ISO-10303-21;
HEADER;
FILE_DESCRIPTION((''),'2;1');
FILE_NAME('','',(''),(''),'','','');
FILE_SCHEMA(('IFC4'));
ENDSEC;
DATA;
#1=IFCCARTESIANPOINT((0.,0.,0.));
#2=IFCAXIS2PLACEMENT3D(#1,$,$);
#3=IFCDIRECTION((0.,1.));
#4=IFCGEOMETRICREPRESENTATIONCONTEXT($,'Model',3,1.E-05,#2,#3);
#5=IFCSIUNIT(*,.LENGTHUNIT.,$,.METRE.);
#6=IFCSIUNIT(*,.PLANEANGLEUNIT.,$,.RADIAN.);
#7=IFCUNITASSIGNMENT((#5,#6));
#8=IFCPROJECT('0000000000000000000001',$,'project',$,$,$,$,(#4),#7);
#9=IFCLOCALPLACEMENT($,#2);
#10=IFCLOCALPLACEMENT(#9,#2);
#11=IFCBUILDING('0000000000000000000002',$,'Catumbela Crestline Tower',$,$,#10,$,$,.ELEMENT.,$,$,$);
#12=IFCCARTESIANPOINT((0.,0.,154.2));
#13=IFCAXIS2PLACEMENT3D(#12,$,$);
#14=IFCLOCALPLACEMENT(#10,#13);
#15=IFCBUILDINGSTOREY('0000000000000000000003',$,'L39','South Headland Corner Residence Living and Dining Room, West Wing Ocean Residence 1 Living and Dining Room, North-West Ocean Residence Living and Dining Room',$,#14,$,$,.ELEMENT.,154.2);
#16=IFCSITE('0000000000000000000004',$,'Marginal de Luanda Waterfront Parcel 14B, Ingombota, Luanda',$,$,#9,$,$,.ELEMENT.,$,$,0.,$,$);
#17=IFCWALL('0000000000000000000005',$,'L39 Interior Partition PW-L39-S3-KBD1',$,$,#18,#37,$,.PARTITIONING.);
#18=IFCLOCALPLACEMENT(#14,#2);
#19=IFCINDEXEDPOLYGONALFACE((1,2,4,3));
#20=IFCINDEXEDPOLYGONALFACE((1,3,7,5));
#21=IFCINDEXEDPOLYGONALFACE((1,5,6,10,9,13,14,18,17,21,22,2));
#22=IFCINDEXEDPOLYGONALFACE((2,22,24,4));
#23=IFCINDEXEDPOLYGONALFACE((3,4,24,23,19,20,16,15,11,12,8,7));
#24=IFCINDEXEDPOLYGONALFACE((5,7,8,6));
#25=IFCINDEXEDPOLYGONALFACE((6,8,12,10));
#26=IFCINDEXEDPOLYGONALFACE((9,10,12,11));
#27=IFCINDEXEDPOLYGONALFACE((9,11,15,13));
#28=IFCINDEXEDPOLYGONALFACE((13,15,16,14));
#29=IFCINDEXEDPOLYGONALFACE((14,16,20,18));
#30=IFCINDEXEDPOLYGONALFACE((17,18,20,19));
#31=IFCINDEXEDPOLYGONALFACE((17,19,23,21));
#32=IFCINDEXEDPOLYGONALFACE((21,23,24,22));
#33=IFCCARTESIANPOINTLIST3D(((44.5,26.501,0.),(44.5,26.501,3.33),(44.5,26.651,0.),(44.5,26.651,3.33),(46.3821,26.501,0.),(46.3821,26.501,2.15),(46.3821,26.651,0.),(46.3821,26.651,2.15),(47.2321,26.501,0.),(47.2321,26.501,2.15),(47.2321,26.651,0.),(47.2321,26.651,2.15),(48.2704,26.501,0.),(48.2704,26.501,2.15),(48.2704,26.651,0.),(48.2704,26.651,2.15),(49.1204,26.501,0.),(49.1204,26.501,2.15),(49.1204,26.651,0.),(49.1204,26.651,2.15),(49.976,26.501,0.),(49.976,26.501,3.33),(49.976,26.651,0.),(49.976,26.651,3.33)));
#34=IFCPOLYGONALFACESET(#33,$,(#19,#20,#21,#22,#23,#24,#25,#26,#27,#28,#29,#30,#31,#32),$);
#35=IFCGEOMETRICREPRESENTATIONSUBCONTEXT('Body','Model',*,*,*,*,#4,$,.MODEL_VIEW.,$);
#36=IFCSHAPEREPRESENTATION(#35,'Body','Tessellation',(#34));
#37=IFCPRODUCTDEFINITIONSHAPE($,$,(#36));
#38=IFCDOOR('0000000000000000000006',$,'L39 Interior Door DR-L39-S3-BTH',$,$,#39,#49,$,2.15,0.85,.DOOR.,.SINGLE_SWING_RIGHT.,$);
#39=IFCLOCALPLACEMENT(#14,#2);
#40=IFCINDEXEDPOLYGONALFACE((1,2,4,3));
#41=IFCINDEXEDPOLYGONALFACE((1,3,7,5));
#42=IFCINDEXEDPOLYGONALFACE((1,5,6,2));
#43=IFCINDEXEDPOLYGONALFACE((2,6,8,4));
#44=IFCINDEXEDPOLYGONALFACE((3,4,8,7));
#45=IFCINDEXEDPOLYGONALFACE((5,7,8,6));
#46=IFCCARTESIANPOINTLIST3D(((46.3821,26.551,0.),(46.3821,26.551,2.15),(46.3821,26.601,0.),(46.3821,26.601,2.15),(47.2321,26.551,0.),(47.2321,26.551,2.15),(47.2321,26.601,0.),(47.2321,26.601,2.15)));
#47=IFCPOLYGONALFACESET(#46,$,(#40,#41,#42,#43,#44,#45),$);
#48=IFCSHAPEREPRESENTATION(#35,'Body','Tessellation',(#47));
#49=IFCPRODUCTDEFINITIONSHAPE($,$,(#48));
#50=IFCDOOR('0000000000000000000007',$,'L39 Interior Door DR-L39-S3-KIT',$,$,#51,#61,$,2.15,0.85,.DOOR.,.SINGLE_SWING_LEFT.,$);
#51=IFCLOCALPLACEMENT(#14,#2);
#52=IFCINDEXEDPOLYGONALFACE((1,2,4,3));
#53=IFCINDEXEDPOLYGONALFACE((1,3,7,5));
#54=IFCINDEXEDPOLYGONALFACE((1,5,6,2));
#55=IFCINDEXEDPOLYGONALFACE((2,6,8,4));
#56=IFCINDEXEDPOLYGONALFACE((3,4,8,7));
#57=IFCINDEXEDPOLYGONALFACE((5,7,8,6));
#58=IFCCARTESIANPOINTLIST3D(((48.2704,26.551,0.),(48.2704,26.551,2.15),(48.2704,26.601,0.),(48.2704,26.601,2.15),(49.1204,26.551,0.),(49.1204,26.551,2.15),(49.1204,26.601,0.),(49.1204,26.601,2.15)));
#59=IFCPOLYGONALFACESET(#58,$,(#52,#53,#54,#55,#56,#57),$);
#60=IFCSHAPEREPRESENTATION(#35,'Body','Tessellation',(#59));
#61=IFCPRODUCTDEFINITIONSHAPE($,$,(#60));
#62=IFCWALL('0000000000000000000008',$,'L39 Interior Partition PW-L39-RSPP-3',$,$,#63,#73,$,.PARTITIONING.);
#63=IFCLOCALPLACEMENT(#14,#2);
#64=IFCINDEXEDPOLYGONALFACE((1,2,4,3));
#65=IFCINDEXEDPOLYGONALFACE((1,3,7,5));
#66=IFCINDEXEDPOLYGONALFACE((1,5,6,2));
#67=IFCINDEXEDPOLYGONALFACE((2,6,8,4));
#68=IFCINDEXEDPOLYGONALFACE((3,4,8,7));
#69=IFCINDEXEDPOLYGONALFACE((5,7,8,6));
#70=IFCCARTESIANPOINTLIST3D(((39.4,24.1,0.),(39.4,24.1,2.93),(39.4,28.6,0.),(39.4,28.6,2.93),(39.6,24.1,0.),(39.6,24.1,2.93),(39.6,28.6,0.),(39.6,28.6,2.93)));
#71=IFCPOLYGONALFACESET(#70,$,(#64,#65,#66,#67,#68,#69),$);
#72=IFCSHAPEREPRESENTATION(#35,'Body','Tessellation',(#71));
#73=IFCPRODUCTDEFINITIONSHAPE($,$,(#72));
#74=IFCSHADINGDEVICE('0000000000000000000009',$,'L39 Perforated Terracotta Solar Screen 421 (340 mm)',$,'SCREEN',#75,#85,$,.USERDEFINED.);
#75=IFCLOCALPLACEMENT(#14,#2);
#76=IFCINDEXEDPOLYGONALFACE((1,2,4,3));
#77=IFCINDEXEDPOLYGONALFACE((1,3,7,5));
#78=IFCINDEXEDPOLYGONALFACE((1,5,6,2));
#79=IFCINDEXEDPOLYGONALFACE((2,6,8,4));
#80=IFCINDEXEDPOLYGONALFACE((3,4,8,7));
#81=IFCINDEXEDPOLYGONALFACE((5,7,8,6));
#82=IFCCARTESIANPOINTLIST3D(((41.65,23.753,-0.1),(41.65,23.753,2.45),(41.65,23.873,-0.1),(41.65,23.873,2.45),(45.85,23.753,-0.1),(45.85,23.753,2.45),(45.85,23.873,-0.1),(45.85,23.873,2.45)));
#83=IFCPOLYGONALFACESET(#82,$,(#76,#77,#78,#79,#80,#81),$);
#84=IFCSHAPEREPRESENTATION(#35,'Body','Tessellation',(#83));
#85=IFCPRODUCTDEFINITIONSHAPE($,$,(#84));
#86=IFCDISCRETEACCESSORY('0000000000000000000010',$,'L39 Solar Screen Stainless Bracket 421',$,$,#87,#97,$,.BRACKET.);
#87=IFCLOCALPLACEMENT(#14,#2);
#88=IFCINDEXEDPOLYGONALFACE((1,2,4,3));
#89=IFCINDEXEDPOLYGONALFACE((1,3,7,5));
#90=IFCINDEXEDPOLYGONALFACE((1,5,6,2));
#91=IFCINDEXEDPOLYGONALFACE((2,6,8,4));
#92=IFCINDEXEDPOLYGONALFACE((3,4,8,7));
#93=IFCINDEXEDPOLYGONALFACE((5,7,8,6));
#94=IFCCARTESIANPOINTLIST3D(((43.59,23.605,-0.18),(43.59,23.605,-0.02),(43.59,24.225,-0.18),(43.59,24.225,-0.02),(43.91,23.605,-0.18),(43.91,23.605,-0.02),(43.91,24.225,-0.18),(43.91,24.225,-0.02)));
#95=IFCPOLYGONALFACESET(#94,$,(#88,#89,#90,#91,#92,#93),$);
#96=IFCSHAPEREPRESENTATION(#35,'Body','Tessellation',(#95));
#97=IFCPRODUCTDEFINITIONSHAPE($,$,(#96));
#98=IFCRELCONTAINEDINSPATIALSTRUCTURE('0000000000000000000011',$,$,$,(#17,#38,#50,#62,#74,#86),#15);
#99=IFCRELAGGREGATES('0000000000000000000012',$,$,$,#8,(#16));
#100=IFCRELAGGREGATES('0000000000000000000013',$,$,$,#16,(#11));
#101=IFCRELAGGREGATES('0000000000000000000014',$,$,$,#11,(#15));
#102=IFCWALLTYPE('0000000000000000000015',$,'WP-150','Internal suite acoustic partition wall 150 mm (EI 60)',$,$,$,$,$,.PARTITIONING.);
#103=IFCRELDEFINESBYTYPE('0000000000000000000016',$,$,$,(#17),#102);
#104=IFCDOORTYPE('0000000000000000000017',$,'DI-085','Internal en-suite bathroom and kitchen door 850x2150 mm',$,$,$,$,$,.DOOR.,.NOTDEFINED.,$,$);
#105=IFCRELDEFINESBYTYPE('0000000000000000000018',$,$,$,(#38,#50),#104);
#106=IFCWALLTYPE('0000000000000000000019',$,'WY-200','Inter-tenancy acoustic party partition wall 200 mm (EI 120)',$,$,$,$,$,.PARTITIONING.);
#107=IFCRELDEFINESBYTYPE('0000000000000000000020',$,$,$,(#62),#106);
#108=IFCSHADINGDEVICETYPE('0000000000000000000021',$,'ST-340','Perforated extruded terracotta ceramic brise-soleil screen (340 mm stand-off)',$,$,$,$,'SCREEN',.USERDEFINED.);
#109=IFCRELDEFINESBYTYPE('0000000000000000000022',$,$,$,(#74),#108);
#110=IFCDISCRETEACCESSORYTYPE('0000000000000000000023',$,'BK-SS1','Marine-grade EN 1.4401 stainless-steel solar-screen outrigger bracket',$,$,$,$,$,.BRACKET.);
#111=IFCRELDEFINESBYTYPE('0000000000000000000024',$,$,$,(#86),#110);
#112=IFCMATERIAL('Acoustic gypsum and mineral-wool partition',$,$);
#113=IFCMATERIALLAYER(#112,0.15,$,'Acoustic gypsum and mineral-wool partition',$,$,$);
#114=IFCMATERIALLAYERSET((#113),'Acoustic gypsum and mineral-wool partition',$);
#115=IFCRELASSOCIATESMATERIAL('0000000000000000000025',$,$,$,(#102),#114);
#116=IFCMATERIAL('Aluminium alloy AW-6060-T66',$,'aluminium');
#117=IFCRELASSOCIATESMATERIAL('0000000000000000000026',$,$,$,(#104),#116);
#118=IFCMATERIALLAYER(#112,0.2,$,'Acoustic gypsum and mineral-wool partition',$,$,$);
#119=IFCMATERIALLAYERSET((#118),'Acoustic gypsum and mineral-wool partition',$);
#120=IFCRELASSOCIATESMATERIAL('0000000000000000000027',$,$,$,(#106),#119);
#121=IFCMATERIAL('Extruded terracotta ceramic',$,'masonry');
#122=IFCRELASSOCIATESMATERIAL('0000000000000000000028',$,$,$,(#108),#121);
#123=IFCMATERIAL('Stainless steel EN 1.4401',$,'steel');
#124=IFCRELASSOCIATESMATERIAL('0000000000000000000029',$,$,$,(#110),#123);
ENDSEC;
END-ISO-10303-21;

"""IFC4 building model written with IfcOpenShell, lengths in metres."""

from ifc_helpers import new_model, si_unit, direction, frame, frame_2d, origin, origin_2d, place, context, subcontext, project, spatial, rectangle, extrude, material, layer, layer_set, type_object, element, fill, save


model = new_model("IFC4")

# Units and contexts
model_context = context("Model", 3, precision=1e-05, world=origin(), true_north=direction((0.0, 1.0)))
body_context = subcontext(model_context, "Body", "Model", "MODEL_VIEW")
ifc_project = project(units=[si_unit("LENGTHUNIT", "METRE"), si_unit("PLANEANGLEUNIT", "RADIAN")], contexts=[model_context])

# Site, building, storey
site_placement = place(None, origin())
site = spatial("IfcSite", under=ifc_project, at=site_placement, Name="Marginal de Luanda Waterfront Parcel 14B, Ingombota, Luanda", CompositionType="ELEMENT", RefElevation=0.0)
building_placement = place(site_placement, origin())
building = spatial("IfcBuilding", under=site, at=building_placement, Name="Catumbela Crestline Tower", CompositionType="ELEMENT")
storey_placement = place(building_placement, frame((0.0, 0.0, 154.2)))
storey = spatial("IfcBuildingStorey", under=building, at=storey_placement, Name="L39", Description="South Headland Corner Residence Living and Dining Room, West Wing Ocean Residence 1 Living and Dining Room, North-West Ocean Residence Living and Dining Room", CompositionType="ELEMENT", Elevation=154.2)

# Shared definitions
ifc_material_1 = material(Name="Aluminium alloy AW-6060-T66", Category="aluminium")

# Shared definitions
ifc_material_2 = material(Name="Acoustic gypsum and mineral-wool partition")
ifc_layer_1 = layer(ifc_material_2, 0.15, Name="Acoustic gypsum and mineral-wool partition")
ifc_layer_set_1 = layer_set([ifc_layer_1], Name="Acoustic gypsum and mineral-wool partition")
wall_type_1 = type_object("IfcWallType", Name="WP-150", Description="Internal suite acoustic partition wall 150 mm (EI 60)", PredefinedType="PARTITIONING", material=ifc_layer_set_1)

# Wall, openings, doors
wall_1_placement = place(storey_placement, frame((44.5, 26.576, 0.0), z_axis=(0.0, 0.0, 1.0), x_axis=(1.0, 0.0, 0.0)))
wall_1 = element("IfcWall", 1, at=wall_1_placement, inside=storey, type_object=wall_type_1, Name="L39 Interior Partition PW-L39-S3-KBD1", PredefinedType="PARTITIONING", context=body_context, shape_type="SweptSolid", body=[
    extrude(rectangle(XDim=5.476, YDim=0.15, at=frame_2d((2.738, 0.0))), origin(), (0.0, 0.0, 1.0), 3.33),
])
opening_1_placement = place(wall_1_placement, frame((1.8821, 0.0, 0.0)))
opening_1 = element("IfcOpeningElement", 2, at=opening_1_placement, cuts=wall_1, PredefinedType="OPENING", context=body_context, shape_type="SweptSolid", body=[
    extrude(rectangle(XDim=0.85, YDim=2.15, at=frame_2d((0.425, 1.075))), frame((0.0, 0.085, 0.0), z_axis=(0.0, -1.0, 0.0), x_axis=(1.0, 0.0, 0.0)), (0.0, 0.0, 1.0), 0.17),
])
opening_2_placement = place(wall_1_placement, frame((3.7704, 0.0, 0.0)))
opening_2 = element("IfcOpeningElement", 3, at=opening_2_placement, cuts=wall_1, PredefinedType="OPENING", context=body_context, shape_type="SweptSolid", body=[
    extrude(rectangle(XDim=0.85, YDim=2.15, at=frame_2d((0.425, 1.075))), frame((0.0, 0.085, 0.0), z_axis=(0.0, -1.0, 0.0), x_axis=(1.0, 0.0, 0.0)), (0.0, 0.0, 1.0), 0.17),
])
door_type = type_object("IfcDoorType", Name="DI-085", Description="Internal en-suite bathroom and kitchen door 850x2150 mm", OperationType="NOTDEFINED", PredefinedType="DOOR", material=ifc_material_1)
door_1_placement = place(opening_1_placement, origin())
door_1 = element("IfcDoor", 4, at=door_1_placement, inside=storey, type_object=door_type, Name="L39 Interior Door DR-L39-S3-BTH", OperationType="SINGLE_SWING_RIGHT", OverallHeight=2.15, OverallWidth=0.85, PredefinedType="DOOR", context=body_context, shape_type="SweptSolid", body=[
    extrude(rectangle(XDim=0.85, YDim=2.15, at=frame_2d((0.425, 1.075))), frame((0.0, 0.025, 0.0), z_axis=(0.0, -1.0, 0.0), x_axis=(1.0, 0.0, 0.0)), (0.0, 0.0, 1.0), 0.05),
])
fill(opening_1, door_1)
door_2_placement = place(opening_2_placement, origin())
door_2 = element("IfcDoor", 5, at=door_2_placement, inside=storey, type_object=door_type, Name="L39 Interior Door DR-L39-S3-KIT", OperationType="SINGLE_SWING_LEFT", OverallHeight=2.15, OverallWidth=0.85, PredefinedType="DOOR", context=body_context, shape_type="SweptSolid", body=[
    extrude(rectangle(XDim=0.85, YDim=2.15, at=frame_2d((0.425, 1.075))), frame((0.0, 0.025, 0.0), z_axis=(0.0, -1.0, 0.0), x_axis=(1.0, 0.0, 0.0)), (0.0, 0.0, 1.0), 0.05),
])
fill(opening_2, door_2)

# Wall
ifc_layer_2 = layer(ifc_material_2, 0.2, Name="Acoustic gypsum and mineral-wool partition")
ifc_layer_set_2 = layer_set([ifc_layer_2], Name="Acoustic gypsum and mineral-wool partition")
wall_type_2 = type_object("IfcWallType", Name="WY-200", Description="Inter-tenancy acoustic party partition wall 200 mm (EI 120)", PredefinedType="PARTITIONING", material=ifc_layer_set_2)
wall_2_placement = place(storey_placement, frame((39.5, 24.1, 0.0), z_axis=(0.0, 0.0, 1.0), x_axis=(0.0, 1.0, 0.0)))
element("IfcWall", 6, at=wall_2_placement, inside=storey, type_object=wall_type_2, Name="L39 Interior Partition PW-L39-RSPP-3", PredefinedType="PARTITIONING", context=body_context, shape_type="SweptSolid", body=[
    extrude(rectangle(XDim=4.5, YDim=0.2, at=frame_2d((2.25, 0.0))), origin(), (0.0, 0.0, 1.0), 2.93),
])

# Shading device
ifc_material_3 = material(Name="Extruded terracotta ceramic", Category="masonry")
shading_device_type = type_object("IfcShadingDeviceType", Name="ST-340", Description="Perforated extruded terracotta ceramic brise-soleil screen (340 mm stand-off)", ElementType="SCREEN", PredefinedType="USERDEFINED", material=ifc_material_3)
shading_device_placement = place(storey_placement, frame((43.75, 23.813, -0.1), z_axis=(0.0, 0.0, 1.0), x_axis=(1.0, 0.0, 0.0)))
element("IfcShadingDevice", 7, at=shading_device_placement, inside=storey, type_object=shading_device_type, Name="L39 Perforated Terracotta Solar Screen 421 (340 mm)", ObjectType="SCREEN", PredefinedType="USERDEFINED", context=body_context, shape_type="SweptSolid", body=[
    extrude(rectangle(XDim=4.2, YDim=0.12, at=origin_2d()), origin(), (0.0, 0.0, 1.0), 2.55),
])

# Discrete accessory
ifc_material_4 = material(Name="Stainless steel EN 1.4401", Category="steel")
discrete_accessory_type = type_object("IfcDiscreteAccessoryType", Name="BK-SS1", Description="Marine-grade EN 1.4401 stainless-steel solar-screen outrigger bracket", PredefinedType="BRACKET", material=ifc_material_4)
discrete_accessory_placement = place(storey_placement, frame((43.75, 23.915, -0.18), z_axis=(0.0, 0.0, 1.0), x_axis=(1.0, 0.0, 0.0)))
element("IfcDiscreteAccessory", 8, at=discrete_accessory_placement, inside=storey, type_object=discrete_accessory_type, Name="L39 Solar Screen Stainless Bracket 421", PredefinedType="BRACKET", context=body_context, shape_type="SweptSolid", body=[
    extrude(rectangle(XDim=0.32, YDim=0.62, at=origin_2d()), origin(), (0.0, 0.0, 1.0), 0.16),
])

save(model, "model.ifc")
